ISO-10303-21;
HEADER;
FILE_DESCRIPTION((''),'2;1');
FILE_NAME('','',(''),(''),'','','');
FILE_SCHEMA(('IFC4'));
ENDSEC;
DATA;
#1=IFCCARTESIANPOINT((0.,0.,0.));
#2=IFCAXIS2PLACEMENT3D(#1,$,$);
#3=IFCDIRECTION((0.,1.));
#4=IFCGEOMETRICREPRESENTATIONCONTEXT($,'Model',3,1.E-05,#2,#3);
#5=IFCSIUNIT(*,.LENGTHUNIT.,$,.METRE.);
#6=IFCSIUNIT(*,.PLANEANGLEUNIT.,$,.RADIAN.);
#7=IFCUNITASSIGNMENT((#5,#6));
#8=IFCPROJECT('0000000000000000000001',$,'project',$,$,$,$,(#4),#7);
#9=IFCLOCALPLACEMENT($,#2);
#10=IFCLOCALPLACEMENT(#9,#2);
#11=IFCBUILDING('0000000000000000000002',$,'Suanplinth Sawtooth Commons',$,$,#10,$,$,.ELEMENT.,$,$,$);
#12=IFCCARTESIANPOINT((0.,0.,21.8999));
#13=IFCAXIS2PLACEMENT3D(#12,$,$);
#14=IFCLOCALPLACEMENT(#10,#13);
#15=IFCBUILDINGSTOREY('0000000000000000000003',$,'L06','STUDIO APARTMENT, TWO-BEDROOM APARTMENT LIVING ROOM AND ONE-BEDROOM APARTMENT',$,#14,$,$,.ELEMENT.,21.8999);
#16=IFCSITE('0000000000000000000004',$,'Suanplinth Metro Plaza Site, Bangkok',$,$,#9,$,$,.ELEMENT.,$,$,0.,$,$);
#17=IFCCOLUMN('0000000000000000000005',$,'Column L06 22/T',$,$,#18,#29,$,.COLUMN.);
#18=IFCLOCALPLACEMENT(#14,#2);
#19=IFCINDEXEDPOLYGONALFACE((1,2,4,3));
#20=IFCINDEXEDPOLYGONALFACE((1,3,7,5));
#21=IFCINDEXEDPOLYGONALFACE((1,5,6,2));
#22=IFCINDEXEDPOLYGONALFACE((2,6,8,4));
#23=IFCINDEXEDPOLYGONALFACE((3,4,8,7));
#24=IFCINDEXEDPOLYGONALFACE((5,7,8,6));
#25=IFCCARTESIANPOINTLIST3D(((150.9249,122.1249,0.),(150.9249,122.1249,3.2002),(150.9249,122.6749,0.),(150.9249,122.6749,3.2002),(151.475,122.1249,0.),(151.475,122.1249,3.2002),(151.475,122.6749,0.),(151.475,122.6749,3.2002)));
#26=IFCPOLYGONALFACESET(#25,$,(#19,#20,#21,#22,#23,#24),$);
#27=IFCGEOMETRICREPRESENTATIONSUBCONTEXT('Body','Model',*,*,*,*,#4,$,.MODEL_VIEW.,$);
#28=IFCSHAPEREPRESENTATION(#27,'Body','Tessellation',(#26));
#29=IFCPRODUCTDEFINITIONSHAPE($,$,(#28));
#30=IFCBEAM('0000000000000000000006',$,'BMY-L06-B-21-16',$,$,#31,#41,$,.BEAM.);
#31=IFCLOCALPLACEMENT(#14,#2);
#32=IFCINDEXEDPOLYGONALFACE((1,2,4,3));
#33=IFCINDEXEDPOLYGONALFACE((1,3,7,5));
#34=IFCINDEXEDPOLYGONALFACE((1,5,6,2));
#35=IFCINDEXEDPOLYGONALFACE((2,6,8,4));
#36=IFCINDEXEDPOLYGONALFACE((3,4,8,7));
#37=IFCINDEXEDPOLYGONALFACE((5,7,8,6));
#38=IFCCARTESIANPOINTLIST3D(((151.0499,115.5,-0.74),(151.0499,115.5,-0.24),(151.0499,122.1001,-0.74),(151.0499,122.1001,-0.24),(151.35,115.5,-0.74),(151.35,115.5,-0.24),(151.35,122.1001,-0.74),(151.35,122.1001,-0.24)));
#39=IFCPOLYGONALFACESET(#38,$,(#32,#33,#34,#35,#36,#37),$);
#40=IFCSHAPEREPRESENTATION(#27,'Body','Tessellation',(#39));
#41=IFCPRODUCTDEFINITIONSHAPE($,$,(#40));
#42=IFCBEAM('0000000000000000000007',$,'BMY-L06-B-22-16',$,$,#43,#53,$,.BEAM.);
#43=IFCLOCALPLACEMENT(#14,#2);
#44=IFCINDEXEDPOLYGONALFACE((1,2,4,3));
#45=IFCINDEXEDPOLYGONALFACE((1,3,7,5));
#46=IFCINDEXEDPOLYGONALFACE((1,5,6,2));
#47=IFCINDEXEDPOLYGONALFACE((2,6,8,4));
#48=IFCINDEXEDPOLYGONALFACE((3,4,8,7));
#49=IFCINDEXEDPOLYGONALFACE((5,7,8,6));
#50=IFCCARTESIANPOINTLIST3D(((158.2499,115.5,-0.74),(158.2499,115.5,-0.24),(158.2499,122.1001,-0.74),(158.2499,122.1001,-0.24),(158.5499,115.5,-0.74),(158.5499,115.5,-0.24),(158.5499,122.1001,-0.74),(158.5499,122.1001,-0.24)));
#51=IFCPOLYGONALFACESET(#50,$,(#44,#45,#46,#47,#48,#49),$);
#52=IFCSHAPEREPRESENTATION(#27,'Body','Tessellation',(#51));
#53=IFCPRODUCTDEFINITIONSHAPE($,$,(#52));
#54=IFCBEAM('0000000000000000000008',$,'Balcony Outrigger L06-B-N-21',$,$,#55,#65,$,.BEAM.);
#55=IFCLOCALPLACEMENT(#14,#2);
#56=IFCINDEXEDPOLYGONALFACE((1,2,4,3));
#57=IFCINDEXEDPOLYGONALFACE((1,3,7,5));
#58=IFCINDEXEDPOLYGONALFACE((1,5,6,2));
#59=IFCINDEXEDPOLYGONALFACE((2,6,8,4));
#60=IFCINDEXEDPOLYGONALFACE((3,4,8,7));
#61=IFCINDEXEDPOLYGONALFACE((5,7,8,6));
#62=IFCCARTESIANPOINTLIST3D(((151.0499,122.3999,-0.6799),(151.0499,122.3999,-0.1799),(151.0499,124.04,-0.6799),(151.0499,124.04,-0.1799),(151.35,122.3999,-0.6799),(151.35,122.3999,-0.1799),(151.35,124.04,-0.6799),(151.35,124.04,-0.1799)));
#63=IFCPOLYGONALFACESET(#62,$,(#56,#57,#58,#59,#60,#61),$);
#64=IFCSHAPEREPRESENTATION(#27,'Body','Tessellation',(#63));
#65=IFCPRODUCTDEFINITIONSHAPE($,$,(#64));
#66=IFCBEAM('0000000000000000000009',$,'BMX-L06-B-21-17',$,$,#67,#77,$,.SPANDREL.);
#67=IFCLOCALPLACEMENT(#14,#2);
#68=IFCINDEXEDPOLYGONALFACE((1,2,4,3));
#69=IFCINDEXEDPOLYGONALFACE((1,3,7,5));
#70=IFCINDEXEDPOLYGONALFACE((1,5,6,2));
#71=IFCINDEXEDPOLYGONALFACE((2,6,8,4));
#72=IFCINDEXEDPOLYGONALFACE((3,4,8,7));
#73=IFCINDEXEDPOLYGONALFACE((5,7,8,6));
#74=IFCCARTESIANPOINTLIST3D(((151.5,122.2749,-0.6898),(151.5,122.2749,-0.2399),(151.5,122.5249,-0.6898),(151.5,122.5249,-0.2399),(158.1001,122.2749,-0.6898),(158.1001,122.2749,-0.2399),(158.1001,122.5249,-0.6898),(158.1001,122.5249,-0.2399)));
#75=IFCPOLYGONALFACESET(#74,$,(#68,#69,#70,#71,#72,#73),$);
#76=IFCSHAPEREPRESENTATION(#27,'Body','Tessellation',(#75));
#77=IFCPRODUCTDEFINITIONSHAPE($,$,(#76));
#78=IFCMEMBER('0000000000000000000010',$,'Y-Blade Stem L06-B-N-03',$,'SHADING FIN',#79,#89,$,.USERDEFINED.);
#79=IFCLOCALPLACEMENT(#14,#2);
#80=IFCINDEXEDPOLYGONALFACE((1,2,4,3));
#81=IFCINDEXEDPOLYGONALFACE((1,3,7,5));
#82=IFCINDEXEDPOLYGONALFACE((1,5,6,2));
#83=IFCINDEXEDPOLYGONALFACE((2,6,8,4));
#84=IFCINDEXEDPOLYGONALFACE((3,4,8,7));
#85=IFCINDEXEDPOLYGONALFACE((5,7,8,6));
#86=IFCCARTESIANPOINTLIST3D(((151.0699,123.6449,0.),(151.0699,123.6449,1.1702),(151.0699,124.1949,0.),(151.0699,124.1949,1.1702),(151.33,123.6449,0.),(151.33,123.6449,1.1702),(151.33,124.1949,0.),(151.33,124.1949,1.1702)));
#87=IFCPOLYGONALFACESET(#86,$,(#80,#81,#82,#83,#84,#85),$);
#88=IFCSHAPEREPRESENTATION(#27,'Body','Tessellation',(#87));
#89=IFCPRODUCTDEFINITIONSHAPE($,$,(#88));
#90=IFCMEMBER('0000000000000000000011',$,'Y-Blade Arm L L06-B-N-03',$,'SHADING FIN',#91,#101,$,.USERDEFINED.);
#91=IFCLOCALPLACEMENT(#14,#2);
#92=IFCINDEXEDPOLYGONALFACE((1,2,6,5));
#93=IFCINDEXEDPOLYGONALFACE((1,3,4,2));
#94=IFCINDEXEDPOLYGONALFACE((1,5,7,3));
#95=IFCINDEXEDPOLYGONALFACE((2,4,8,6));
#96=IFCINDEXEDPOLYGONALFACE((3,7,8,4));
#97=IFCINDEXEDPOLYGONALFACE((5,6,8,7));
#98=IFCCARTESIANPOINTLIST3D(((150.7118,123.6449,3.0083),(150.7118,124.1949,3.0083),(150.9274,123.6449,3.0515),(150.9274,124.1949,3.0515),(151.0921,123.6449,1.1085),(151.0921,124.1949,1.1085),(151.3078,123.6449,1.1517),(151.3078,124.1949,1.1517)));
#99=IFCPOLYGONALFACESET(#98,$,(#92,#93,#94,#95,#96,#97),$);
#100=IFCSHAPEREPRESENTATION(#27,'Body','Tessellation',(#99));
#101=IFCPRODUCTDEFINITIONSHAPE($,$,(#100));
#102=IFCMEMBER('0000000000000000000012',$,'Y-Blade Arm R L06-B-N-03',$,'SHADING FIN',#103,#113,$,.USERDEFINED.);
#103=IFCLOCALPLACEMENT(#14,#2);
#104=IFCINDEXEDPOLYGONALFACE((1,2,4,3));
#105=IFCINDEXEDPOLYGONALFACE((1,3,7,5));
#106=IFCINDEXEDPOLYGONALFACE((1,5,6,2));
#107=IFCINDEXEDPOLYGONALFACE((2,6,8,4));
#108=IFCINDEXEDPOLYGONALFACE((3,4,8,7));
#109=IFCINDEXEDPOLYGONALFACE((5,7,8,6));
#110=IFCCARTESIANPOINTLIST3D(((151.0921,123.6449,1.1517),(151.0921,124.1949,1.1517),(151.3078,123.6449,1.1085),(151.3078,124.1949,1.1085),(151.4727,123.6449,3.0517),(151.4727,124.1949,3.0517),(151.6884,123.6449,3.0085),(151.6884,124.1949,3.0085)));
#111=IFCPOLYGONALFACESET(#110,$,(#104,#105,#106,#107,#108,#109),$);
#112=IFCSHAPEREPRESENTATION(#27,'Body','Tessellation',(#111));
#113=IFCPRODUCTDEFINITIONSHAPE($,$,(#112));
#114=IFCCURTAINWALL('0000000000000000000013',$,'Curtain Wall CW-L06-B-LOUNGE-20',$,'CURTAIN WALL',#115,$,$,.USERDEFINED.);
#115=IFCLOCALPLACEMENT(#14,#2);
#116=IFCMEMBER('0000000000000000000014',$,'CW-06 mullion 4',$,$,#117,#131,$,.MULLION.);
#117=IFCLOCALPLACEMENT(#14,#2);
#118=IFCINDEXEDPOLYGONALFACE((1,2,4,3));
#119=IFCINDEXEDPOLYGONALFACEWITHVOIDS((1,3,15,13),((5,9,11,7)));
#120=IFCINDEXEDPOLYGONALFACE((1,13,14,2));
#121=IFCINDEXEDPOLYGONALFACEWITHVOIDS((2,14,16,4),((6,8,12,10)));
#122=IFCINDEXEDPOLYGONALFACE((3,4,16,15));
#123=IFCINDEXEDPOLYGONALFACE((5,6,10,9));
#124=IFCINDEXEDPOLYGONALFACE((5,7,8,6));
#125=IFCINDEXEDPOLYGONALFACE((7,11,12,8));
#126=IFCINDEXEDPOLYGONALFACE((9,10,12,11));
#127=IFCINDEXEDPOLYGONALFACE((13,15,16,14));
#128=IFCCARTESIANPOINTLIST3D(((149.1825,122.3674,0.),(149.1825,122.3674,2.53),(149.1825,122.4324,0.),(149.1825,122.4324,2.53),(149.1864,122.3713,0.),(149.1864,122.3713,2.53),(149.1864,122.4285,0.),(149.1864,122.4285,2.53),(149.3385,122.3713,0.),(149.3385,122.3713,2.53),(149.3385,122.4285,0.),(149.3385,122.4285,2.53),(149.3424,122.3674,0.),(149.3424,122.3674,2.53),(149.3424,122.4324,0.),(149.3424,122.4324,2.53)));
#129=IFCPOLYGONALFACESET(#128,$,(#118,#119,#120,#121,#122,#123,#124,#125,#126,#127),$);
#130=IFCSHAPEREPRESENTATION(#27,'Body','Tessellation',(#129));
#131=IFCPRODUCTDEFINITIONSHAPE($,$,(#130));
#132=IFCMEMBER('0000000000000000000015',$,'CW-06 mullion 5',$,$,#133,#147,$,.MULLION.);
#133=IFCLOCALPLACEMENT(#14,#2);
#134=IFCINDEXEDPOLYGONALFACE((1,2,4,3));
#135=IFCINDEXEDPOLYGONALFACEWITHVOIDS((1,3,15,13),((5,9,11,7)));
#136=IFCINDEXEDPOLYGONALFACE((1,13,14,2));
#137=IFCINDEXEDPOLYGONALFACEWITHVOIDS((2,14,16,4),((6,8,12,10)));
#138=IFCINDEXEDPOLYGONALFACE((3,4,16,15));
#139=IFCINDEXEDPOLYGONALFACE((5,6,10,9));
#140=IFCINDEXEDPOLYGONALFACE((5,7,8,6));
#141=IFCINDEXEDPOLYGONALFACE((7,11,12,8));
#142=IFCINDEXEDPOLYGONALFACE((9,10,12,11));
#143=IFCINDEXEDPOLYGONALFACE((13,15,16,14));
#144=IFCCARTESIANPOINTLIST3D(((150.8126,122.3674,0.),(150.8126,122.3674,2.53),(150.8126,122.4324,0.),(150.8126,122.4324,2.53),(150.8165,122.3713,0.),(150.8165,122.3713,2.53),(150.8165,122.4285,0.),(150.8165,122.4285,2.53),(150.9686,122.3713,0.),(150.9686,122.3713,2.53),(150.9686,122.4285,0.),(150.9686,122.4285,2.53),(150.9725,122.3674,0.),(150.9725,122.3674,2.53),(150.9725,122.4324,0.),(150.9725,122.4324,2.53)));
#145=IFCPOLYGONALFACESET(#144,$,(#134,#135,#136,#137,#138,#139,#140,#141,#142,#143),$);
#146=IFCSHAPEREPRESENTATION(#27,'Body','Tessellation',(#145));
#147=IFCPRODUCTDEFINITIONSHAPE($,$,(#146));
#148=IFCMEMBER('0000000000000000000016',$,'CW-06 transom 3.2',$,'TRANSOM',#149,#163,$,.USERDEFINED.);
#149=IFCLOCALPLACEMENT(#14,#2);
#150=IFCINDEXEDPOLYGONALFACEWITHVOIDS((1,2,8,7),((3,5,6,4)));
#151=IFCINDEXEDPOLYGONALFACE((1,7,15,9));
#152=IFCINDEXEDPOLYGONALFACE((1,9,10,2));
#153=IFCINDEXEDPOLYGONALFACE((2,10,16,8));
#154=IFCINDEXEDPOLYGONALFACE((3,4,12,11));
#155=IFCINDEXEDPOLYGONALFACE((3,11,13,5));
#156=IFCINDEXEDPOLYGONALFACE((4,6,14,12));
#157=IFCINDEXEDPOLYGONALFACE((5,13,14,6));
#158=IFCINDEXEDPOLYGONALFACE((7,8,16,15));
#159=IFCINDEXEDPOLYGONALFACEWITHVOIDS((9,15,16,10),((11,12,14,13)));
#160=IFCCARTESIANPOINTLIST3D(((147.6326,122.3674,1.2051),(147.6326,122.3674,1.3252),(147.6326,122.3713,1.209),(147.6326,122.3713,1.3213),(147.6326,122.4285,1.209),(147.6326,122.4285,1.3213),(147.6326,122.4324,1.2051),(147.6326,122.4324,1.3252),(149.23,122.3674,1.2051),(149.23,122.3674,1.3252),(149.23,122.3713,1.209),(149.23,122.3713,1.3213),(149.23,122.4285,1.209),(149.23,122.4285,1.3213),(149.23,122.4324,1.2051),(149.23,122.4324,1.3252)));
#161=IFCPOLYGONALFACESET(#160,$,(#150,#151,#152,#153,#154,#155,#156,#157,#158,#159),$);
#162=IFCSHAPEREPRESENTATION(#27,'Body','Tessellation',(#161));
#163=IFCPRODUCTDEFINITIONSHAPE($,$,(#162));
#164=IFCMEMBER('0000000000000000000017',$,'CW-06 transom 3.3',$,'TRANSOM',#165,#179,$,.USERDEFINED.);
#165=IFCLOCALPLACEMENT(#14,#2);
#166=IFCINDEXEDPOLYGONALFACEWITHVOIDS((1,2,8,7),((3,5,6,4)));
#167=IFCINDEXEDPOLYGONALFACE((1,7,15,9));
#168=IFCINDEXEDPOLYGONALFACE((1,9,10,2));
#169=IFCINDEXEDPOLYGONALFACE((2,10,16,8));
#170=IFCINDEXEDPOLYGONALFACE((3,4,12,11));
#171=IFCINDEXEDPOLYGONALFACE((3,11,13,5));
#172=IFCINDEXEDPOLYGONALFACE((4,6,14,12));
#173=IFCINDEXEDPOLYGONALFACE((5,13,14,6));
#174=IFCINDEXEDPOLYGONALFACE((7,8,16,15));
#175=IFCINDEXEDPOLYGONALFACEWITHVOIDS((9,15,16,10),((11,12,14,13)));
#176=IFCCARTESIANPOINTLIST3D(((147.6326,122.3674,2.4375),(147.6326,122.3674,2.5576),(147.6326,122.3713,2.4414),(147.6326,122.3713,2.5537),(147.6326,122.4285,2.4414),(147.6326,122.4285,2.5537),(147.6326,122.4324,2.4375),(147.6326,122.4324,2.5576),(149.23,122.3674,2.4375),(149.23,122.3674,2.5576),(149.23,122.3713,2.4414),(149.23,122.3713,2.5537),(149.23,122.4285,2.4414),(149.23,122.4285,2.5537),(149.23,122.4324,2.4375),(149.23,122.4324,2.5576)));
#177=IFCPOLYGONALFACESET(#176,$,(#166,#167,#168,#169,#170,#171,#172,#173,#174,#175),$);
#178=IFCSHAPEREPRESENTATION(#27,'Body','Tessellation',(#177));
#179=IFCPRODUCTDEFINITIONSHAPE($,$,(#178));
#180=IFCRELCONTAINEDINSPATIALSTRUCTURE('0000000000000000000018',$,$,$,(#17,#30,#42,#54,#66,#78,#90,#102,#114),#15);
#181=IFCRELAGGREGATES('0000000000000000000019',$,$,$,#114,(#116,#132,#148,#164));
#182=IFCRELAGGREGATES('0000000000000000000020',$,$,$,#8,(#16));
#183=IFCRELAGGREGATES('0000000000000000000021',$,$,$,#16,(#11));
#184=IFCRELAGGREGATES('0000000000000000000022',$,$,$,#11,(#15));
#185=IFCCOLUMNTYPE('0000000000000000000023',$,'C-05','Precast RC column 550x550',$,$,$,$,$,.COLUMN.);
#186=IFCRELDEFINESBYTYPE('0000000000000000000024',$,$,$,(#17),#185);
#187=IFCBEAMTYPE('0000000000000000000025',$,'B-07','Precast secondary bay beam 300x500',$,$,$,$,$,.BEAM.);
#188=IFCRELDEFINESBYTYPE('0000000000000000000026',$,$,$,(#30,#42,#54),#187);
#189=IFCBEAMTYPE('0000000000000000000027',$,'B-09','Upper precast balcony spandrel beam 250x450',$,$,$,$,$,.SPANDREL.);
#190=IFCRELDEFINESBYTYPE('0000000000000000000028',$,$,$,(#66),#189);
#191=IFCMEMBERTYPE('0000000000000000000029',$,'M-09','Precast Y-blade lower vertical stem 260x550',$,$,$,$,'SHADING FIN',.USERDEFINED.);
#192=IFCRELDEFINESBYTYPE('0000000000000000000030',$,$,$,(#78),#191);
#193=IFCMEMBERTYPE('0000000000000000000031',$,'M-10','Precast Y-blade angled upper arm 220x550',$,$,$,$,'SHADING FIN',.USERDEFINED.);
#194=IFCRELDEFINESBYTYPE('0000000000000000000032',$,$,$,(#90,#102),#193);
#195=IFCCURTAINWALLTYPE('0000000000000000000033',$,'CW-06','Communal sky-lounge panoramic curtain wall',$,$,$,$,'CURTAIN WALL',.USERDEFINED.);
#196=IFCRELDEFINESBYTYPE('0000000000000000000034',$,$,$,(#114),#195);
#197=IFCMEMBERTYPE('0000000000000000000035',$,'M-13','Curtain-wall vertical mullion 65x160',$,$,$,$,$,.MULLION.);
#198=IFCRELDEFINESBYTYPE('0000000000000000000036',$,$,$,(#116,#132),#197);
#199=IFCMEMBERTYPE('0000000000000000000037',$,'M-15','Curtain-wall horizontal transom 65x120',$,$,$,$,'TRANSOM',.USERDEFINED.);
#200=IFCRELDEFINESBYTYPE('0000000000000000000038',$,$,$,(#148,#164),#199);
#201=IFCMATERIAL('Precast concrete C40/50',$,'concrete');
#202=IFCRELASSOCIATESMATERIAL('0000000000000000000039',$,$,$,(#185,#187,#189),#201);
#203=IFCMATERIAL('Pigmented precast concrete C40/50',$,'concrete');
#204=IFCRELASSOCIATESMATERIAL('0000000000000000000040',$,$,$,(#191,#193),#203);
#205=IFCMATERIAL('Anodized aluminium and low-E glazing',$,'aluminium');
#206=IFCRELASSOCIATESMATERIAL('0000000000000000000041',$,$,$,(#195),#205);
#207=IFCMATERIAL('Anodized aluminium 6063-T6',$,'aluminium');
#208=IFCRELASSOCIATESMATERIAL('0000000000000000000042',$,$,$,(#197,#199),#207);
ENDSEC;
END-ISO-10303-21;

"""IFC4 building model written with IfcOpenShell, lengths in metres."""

from ifc_helpers import new_model, si_unit, direction, frame, origin, origin_2d, place, context, subcontext, project, spatial, rectangle, hollow_rectangle, extrude, material, material_profile, profile_set, type_object, element, aggregate, save


model = new_model("IFC4")

# Units and contexts
model_context = context("Model", 3, precision=1e-05, world=origin(), true_north=direction((0.0, 1.0)))
body_context = subcontext(model_context, "Body", "Model", "MODEL_VIEW")
ifc_project = project(units=[si_unit("LENGTHUNIT", "METRE"), si_unit("PLANEANGLEUNIT", "RADIAN")], contexts=[model_context])

# Site, building, storey
site_placement = place(None, origin())
site = spatial("IfcSite", under=ifc_project, at=site_placement, Name="Suanplinth Metro Plaza Site, Bangkok", CompositionType="ELEMENT", RefElevation=0.0)
building_placement = place(site_placement, origin())
building = spatial("IfcBuilding", under=site, at=building_placement, Name="Suanplinth Sawtooth Commons", CompositionType="ELEMENT")
storey_placement = place(building_placement, frame((0.0, 0.0, 21.8999)))
storey = spatial("IfcBuildingStorey", under=building, at=storey_placement, Name="L06", Description="STUDIO APARTMENT, TWO-BEDROOM APARTMENT LIVING ROOM AND ONE-BEDROOM APARTMENT", CompositionType="ELEMENT", Elevation=21.8999)

# Column
ifc_material_1 = material(Name="Precast concrete C40/50", Category="concrete")
ifc_material_profile_1 = material_profile(ifc_material_1, rectangle(XDim=0.55, YDim=0.55, at=origin_2d()), Name="PC-COL 550x550")
ifc_profile_set_1 = profile_set([ifc_material_profile_1], Name="Precast concrete C40/50")
column_type = type_object("IfcColumnType", Name="C-05", Description="Precast RC column 550x550", PredefinedType="COLUMN", material=ifc_profile_set_1)
column_placement = place(storey_placement, frame((151.2, 122.3999, 0.0), z_axis=(0.0, 0.0, 1.0), x_axis=(1.0, 0.0, 0.0)))
element("IfcColumn", 1, at=column_placement, inside=storey, type_object=column_type, Name="Column L06 22/T", PredefinedType="COLUMN", context=body_context, shape_type="SweptSolid", body=[
    extrude(rectangle(XDim=0.55, YDim=0.55, at=origin_2d()), origin(), (0.0, 0.0, 1.0), 3.2002),
])

# Beams
ifc_material_profile_2 = material_profile(ifc_material_1, rectangle(XDim=0.3, YDim=0.5, at=origin_2d()), Name="PC-BM 300x500")
ifc_profile_set_2 = profile_set([ifc_material_profile_2], Name="Precast concrete C40/50")
beam_type_1 = type_object("IfcBeamType", Name="B-07", Description="Precast secondary bay beam 300x500", PredefinedType="BEAM", material=ifc_profile_set_2)
for number, where, z_axis, x_axis, name in (
    (2, (151.2, 115.5, -0.49), (0.0, 1.0, 0.0), (-1.0, 0.0, 0.0), "BMY-L06-B-21-16"),
    (3, (158.3999, 115.5, -0.49), (0.0, 1.0, 0.0), (-1.0, 0.0, 0.0), "BMY-L06-B-22-16"),
):
    element("IfcBeam", number, at=place(storey_placement, frame(where, z_axis=z_axis, x_axis=x_axis)), inside=storey, type_object=beam_type_1, Name=name, PredefinedType="BEAM", context=body_context, shape_type="SweptSolid", body=[
        extrude(rectangle(XDim=0.3, YDim=0.5, at=origin_2d()), origin(), (0.0, 0.0, 1.0), 6.6001),
    ])
beam_1_placement = place(storey_placement, frame((151.2, 122.3999, -0.4299), z_axis=(0.0, 1.0, 0.0), x_axis=(-1.0, 0.0, 0.0)))
element("IfcBeam", 4, at=beam_1_placement, inside=storey, type_object=beam_type_1, Name="Balcony Outrigger L06-B-N-21", PredefinedType="BEAM", context=body_context, shape_type="SweptSolid", body=[
    extrude(rectangle(XDim=0.3, YDim=0.5, at=origin_2d()), origin(), (0.0, 0.0, 1.0), 1.6401),
])
ifc_material_profile_3 = material_profile(ifc_material_1, rectangle(XDim=0.25, YDim=0.45, at=origin_2d()), Name="PC-SP 250x450")
ifc_profile_set_3 = profile_set([ifc_material_profile_3], Name="Precast concrete C40/50")
beam_type_2 = type_object("IfcBeamType", Name="B-09", Description="Upper precast balcony spandrel beam 250x450", PredefinedType="SPANDREL", material=ifc_profile_set_3)
beam_2_placement = place(storey_placement, frame((151.5, 122.3999, -0.4648), z_axis=(1.0, 0.0, 0.0), x_axis=(0.0, 1.0, 0.0)))
element("IfcBeam", 5, at=beam_2_placement, inside=storey, type_object=beam_type_2, Name="BMX-L06-B-21-17", PredefinedType="SPANDREL", context=body_context, shape_type="SweptSolid", body=[
    extrude(rectangle(XDim=0.25, YDim=0.45, at=origin_2d()), origin(), (0.0, 0.0, 1.0), 6.6001),
])

# Members
ifc_material_2 = material(Name="Pigmented precast concrete C40/50", Category="concrete")
ifc_material_profile_4 = material_profile(ifc_material_2, rectangle(XDim=0.26, YDim=0.55, at=origin_2d()), Name="PC-FIN 260x550")
ifc_profile_set_4 = profile_set([ifc_material_profile_4], Name="Pigmented precast concrete C40/50")
member_type_1 = type_object("IfcMemberType", Name="M-09", Description="Precast Y-blade lower vertical stem 260x550", ElementType="SHADING FIN", PredefinedType="USERDEFINED", material=ifc_profile_set_4)
member_1_placement = place(storey_placement, frame((151.2, 123.9199, 0.0), z_axis=(0.0, 0.0, 1.0), x_axis=(1.0, 0.0, 0.0)))
element("IfcMember", 6, at=member_1_placement, inside=storey, type_object=member_type_1, Name="Y-Blade Stem L06-B-N-03", ObjectType="SHADING FIN", PredefinedType="USERDEFINED", context=body_context, shape_type="SweptSolid", body=[
    extrude(rectangle(XDim=0.26, YDim=0.55, at=origin_2d()), origin(), (0.0, 0.0, 1.0), 1.1702),
])
ifc_material_profile_5 = material_profile(ifc_material_2, rectangle(XDim=0.22, YDim=0.55, at=origin_2d()), Name="PC-FIN 220x550")
ifc_profile_set_5 = profile_set([ifc_material_profile_5], Name="Pigmented precast concrete C40/50")
member_type_2 = type_object("IfcMemberType", Name="M-10", Description="Precast Y-blade angled upper arm 220x550", ElementType="SHADING FIN", PredefinedType="USERDEFINED", material=ifc_profile_set_5)
member_2_placement = place(storey_placement, frame((151.2, 123.9199, 1.1301), z_axis=(-0.19631, 0.0, 0.980542), x_axis=(0.980542, 0.0, 0.19631)))
element("IfcMember", 7, at=member_2_placement, inside=storey, type_object=member_type_2, Name="Y-Blade Arm L L06-B-N-03", ObjectType="SHADING FIN", PredefinedType="USERDEFINED", context=body_context, shape_type="SweptSolid", body=[
    extrude(rectangle(XDim=0.22, YDim=0.55, at=origin_2d()), origin(), (0.0, 0.0, 1.0), 1.9375),
])
member_3_placement = place(storey_placement, frame((151.2, 123.9199, 1.1301), z_axis=(0.196431, 0.0, 0.980518), x_axis=(-0.980518, 0.0, 0.196431)))
element("IfcMember", 8, at=member_3_placement, inside=storey, type_object=member_type_2, Name="Y-Blade Arm R L06-B-N-03", ObjectType="SHADING FIN", PredefinedType="USERDEFINED", context=body_context, shape_type="SweptSolid", body=[
    extrude(rectangle(XDim=0.22, YDim=0.55, at=origin_2d()), origin(), (0.0, 0.0, 1.0), 1.9377),
])

# Curtain wall, members
ifc_material_3 = material(Name="Anodized aluminium and low-E glazing", Category="aluminium")
curtain_wall_type = type_object("IfcCurtainWallType", Name="CW-06", Description="Communal sky-lounge panoramic curtain wall", ElementType="CURTAIN WALL", PredefinedType="USERDEFINED", material=ifc_material_3)
curtain_wall_placement = place(storey_placement, origin())
curtain_wall = element("IfcCurtainWall", 9, at=curtain_wall_placement, inside=storey, type_object=curtain_wall_type, Name="Curtain Wall CW-L06-B-LOUNGE-20", ObjectType="CURTAIN WALL", PredefinedType="USERDEFINED")
ifc_material_4 = material(Name="Anodized aluminium 6063-T6", Category="aluminium")
ifc_material_profile_6 = material_profile(ifc_material_4, hollow_rectangle(XDim=0.0649, YDim=0.1599, WallThickness=0.0039, at=origin_2d()), Name="ALU-MUL 65x160")
ifc_profile_set_6 = profile_set([ifc_material_profile_6], Name="Anodized aluminium 6063-T6")
member_type_3 = type_object("IfcMemberType", Name="M-13", Description="Curtain-wall vertical mullion 65x160", PredefinedType="MULLION", material=ifc_profile_set_6)
member_4_placement = place(storey_placement, frame((149.2625, 122.3999, 0.0), z_axis=(0.0, 0.0, 1.0), x_axis=(0.0, 1.0, 0.0)))
member_4 = element("IfcMember", 10, at=member_4_placement, type_object=member_type_3, Name="CW-06 mullion 4", PredefinedType="MULLION", context=body_context, shape_type="SweptSolid", body=[
    extrude(hollow_rectangle(XDim=0.0649, YDim=0.1599, WallThickness=0.0039, at=origin_2d()), origin(), (0.0, 0.0, 1.0), 2.53),
])
member_5_placement = place(storey_placement, frame((150.8926, 122.3999, 0.0), z_axis=(0.0, 0.0, 1.0), x_axis=(0.0, 1.0, 0.0)))
member_5 = element("IfcMember", 11, at=member_5_placement, type_object=member_type_3, Name="CW-06 mullion 5", PredefinedType="MULLION", context=body_context, shape_type="SweptSolid", body=[
    extrude(hollow_rectangle(XDim=0.0649, YDim=0.1599, WallThickness=0.0039, at=origin_2d()), origin(), (0.0, 0.0, 1.0), 2.53),
])
ifc_material_profile_7 = material_profile(ifc_material_4, hollow_rectangle(XDim=0.0649, YDim=0.1201, WallThickness=0.0039, at=origin_2d()), Name="ALU-TRN 65x120")
ifc_profile_set_7 = profile_set([ifc_material_profile_7], Name="Anodized aluminium 6063-T6")
member_type_4 = type_object("IfcMemberType", Name="M-15", Description="Curtain-wall horizontal transom 65x120", ElementType="TRANSOM", PredefinedType="USERDEFINED", material=ifc_profile_set_7)
member_6_placement = place(storey_placement, frame((147.6326, 122.3999, 1.2651), z_axis=(1.0, 0.0, 0.0), x_axis=(0.0, 1.0, 0.0)))
member_6 = element("IfcMember", 12, at=member_6_placement, type_object=member_type_4, Name="CW-06 transom 3.2", ObjectType="TRANSOM", PredefinedType="USERDEFINED", context=body_context, shape_type="SweptSolid", body=[
    extrude(hollow_rectangle(XDim=0.0649, YDim=0.1201, WallThickness=0.0039, at=origin_2d()), origin(), (0.0, 0.0, 1.0), 1.5974),
])
member_7_placement = place(storey_placement, frame((147.6326, 122.3999, 2.4976), z_axis=(1.0, 0.0, 0.0), x_axis=(0.0, 1.0, 0.0)))
member_7 = element("IfcMember", 13, at=member_7_placement, type_object=member_type_4, Name="CW-06 transom 3.3", ObjectType="TRANSOM", PredefinedType="USERDEFINED", context=body_context, shape_type="SweptSolid", body=[
    extrude(hollow_rectangle(XDim=0.0649, YDim=0.1201, WallThickness=0.0039, at=origin_2d()), origin(), (0.0, 0.0, 1.0), 1.5974),
])

aggregate(curtain_wall, [member_4, member_5, member_6, member_7])

save(model, "model.ifc")
